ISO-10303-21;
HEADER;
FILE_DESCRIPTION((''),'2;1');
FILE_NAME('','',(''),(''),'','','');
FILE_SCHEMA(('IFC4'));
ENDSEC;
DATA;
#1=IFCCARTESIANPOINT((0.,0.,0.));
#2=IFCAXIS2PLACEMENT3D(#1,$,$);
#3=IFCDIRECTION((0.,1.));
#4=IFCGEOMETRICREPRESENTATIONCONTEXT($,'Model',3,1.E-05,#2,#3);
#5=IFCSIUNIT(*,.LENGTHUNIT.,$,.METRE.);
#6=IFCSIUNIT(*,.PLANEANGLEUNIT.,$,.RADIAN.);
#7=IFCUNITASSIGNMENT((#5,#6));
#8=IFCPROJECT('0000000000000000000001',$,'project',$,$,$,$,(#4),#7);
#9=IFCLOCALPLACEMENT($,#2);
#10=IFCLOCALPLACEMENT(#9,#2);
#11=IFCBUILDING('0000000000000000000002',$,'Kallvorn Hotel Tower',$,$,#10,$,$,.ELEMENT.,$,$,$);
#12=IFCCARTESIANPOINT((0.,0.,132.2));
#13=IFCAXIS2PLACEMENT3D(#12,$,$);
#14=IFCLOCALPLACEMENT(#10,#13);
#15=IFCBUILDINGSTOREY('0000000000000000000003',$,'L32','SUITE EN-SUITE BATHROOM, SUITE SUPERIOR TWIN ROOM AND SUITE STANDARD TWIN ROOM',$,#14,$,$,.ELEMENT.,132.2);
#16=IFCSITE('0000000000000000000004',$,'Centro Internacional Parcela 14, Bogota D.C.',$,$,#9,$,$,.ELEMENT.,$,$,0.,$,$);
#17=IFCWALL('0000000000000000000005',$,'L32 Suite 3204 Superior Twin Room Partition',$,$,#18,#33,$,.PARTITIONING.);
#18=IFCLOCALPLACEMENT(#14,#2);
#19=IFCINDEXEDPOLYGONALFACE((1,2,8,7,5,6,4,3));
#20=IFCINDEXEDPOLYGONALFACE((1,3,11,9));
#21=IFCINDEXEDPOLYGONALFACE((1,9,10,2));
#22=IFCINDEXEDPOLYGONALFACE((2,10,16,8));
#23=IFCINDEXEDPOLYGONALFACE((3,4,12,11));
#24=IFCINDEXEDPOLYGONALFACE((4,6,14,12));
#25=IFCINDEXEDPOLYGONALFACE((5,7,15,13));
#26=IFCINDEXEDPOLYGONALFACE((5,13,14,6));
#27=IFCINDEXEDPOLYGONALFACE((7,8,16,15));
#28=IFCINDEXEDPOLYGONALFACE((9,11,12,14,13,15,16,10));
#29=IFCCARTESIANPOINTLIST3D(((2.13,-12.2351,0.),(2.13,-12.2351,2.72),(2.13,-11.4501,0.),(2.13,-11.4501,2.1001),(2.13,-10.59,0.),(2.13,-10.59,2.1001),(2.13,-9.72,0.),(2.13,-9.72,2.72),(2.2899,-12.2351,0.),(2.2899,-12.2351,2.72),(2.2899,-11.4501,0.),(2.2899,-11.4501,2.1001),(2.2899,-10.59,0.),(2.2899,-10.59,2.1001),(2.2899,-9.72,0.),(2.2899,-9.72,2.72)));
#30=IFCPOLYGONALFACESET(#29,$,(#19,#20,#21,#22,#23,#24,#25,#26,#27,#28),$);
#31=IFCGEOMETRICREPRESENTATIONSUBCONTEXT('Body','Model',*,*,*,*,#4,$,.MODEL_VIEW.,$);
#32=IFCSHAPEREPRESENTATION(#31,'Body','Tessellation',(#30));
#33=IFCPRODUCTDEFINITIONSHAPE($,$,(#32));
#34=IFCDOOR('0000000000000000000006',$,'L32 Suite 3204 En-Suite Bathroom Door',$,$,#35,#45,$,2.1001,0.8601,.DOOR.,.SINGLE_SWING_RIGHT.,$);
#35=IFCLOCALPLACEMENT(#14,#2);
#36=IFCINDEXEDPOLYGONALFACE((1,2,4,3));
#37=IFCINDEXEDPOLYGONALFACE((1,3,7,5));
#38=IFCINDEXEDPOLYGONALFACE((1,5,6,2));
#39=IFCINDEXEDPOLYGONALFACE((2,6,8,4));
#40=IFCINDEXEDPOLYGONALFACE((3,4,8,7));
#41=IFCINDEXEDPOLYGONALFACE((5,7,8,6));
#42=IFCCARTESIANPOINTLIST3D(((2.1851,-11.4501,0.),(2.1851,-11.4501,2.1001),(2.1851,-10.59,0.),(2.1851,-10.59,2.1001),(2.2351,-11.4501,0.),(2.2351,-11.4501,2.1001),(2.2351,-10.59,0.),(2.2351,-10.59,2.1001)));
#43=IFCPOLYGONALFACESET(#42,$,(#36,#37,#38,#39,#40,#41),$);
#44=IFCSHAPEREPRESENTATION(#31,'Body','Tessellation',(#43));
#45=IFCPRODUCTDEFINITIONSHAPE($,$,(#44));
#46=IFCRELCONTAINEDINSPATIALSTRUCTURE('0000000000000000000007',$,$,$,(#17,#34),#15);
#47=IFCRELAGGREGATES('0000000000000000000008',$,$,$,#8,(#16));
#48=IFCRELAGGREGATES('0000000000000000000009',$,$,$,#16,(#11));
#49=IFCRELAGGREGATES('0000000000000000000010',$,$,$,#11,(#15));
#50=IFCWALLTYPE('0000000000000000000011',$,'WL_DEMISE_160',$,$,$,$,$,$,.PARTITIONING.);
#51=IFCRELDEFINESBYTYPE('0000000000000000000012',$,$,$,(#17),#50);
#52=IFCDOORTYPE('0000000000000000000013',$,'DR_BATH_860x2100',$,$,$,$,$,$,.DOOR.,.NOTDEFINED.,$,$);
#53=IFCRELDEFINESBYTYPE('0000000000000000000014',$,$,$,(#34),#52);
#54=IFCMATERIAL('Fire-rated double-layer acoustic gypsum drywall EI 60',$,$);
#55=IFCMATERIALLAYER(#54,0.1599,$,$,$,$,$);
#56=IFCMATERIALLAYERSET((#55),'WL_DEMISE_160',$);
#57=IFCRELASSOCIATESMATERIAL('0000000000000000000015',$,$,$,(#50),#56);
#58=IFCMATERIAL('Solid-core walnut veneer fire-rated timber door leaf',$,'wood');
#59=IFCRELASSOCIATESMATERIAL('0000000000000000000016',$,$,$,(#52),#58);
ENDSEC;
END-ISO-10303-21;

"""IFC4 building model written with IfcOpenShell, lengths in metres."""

from ifc_helpers import new_model, si_unit, direction, frame, frame_2d, origin, place, context, subcontext, project, spatial, rectangle, extrude, material, layer, layer_set, type_object, element, fill, save


model = new_model("IFC4")

# Units and contexts
model_context = context("Model", 3, precision=1e-05, world=origin(), true_north=direction((0.0, 1.0)))
body_context = subcontext(model_context, "Body", "Model", "MODEL_VIEW")
ifc_project = project(units=[si_unit("LENGTHUNIT", "METRE"), si_unit("PLANEANGLEUNIT", "RADIAN")], contexts=[model_context])

# Site, building, storey
site_placement = place(None, origin())
site = spatial("IfcSite", under=ifc_project, at=site_placement, Name="Centro Internacional Parcela 14, Bogota D.C.", CompositionType="ELEMENT", RefElevation=0.0)
building_placement = place(site_placement, origin())
building = spatial("IfcBuilding", under=site, at=building_placement, Name="Kallvorn Hotel Tower", CompositionType="ELEMENT")
storey_placement = place(building_placement, frame((0.0, 0.0, 132.2)))
storey = spatial("IfcBuildingStorey", under=building, at=storey_placement, Name="L32", Description="SUITE EN-SUITE BATHROOM, SUITE SUPERIOR TWIN ROOM AND SUITE STANDARD TWIN ROOM", CompositionType="ELEMENT", Elevation=132.2)

# Shared definitions
ifc_material_1 = material(Name="Fire-rated double-layer acoustic gypsum drywall EI 60")
ifc_layer_1 = layer(ifc_material_1, 0.1599)
ifc_layer_set_1 = layer_set([ifc_layer_1], Name="WL_DEMISE_160")
wall_type = type_object("IfcWallType", Name="WL_DEMISE_160", PredefinedType="PARTITIONING", material=ifc_layer_set_1)

# Shared definitions
ifc_material_2 = material(Name="Solid-core walnut veneer fire-rated timber door leaf", Category="wood")
door_type = type_object("IfcDoorType", Name="DR_BATH_860x2100", OperationType="NOTDEFINED", PredefinedType="DOOR", material=ifc_material_2)

# Wall, opening, door
wall_1_placement = place(storey_placement, frame((2.21, -12.2351, 0.0), z_axis=(0.0, 0.0, 1.0), x_axis=(0.0, 1.0, 0.0)))
wall_1 = element("IfcWall", 1, at=wall_1_placement, inside=storey, type_object=wall_type, Name="L32 Suite 3204 Superior Twin Room Partition", PredefinedType="PARTITIONING", context=body_context, shape_type="SweptSolid", body=[
    extrude(rectangle(XDim=2.5151, YDim=0.1599, at=frame_2d((1.2576, 0.0))), origin(), (0.0, 0.0, 1.0), 2.72),
])
opening_1_placement = place(wall_1_placement, frame((0.7849, 0.0, 0.0)))
opening_1 = element("IfcOpeningElement", 2, at=opening_1_placement, cuts=wall_1, PredefinedType="OPENING", context=body_context, shape_type="SweptSolid", body=[
    extrude(rectangle(XDim=0.8601, YDim=2.1001, at=frame_2d((0.4302, 1.05))), frame((0.0, 0.095, 0.0), z_axis=(0.0, -1.0, 0.0), x_axis=(1.0, 0.0, 0.0)), (0.0, 0.0, 1.0), 0.1899),
])
door_1_placement = place(opening_1_placement, origin())
door_1 = element("IfcDoor", 3, at=door_1_placement, inside=storey, type_object=door_type, Name="L32 Suite 3204 En-Suite Bathroom Door", OperationType="SINGLE_SWING_RIGHT", OverallHeight=2.1001, OverallWidth=0.8601, PredefinedType="DOOR", context=body_context, shape_type="SweptSolid", body=[
    extrude(rectangle(XDim=0.8601, YDim=2.1001, at=frame_2d((0.4302, 1.05))), frame((0.0, 0.0249, 0.0), z_axis=(0.0, -1.0, 0.0), x_axis=(1.0, 0.0, 0.0)), (0.0, 0.0, 1.0), 0.05),
])
fill(opening_1, door_1)

save(model, "model.ifc")
